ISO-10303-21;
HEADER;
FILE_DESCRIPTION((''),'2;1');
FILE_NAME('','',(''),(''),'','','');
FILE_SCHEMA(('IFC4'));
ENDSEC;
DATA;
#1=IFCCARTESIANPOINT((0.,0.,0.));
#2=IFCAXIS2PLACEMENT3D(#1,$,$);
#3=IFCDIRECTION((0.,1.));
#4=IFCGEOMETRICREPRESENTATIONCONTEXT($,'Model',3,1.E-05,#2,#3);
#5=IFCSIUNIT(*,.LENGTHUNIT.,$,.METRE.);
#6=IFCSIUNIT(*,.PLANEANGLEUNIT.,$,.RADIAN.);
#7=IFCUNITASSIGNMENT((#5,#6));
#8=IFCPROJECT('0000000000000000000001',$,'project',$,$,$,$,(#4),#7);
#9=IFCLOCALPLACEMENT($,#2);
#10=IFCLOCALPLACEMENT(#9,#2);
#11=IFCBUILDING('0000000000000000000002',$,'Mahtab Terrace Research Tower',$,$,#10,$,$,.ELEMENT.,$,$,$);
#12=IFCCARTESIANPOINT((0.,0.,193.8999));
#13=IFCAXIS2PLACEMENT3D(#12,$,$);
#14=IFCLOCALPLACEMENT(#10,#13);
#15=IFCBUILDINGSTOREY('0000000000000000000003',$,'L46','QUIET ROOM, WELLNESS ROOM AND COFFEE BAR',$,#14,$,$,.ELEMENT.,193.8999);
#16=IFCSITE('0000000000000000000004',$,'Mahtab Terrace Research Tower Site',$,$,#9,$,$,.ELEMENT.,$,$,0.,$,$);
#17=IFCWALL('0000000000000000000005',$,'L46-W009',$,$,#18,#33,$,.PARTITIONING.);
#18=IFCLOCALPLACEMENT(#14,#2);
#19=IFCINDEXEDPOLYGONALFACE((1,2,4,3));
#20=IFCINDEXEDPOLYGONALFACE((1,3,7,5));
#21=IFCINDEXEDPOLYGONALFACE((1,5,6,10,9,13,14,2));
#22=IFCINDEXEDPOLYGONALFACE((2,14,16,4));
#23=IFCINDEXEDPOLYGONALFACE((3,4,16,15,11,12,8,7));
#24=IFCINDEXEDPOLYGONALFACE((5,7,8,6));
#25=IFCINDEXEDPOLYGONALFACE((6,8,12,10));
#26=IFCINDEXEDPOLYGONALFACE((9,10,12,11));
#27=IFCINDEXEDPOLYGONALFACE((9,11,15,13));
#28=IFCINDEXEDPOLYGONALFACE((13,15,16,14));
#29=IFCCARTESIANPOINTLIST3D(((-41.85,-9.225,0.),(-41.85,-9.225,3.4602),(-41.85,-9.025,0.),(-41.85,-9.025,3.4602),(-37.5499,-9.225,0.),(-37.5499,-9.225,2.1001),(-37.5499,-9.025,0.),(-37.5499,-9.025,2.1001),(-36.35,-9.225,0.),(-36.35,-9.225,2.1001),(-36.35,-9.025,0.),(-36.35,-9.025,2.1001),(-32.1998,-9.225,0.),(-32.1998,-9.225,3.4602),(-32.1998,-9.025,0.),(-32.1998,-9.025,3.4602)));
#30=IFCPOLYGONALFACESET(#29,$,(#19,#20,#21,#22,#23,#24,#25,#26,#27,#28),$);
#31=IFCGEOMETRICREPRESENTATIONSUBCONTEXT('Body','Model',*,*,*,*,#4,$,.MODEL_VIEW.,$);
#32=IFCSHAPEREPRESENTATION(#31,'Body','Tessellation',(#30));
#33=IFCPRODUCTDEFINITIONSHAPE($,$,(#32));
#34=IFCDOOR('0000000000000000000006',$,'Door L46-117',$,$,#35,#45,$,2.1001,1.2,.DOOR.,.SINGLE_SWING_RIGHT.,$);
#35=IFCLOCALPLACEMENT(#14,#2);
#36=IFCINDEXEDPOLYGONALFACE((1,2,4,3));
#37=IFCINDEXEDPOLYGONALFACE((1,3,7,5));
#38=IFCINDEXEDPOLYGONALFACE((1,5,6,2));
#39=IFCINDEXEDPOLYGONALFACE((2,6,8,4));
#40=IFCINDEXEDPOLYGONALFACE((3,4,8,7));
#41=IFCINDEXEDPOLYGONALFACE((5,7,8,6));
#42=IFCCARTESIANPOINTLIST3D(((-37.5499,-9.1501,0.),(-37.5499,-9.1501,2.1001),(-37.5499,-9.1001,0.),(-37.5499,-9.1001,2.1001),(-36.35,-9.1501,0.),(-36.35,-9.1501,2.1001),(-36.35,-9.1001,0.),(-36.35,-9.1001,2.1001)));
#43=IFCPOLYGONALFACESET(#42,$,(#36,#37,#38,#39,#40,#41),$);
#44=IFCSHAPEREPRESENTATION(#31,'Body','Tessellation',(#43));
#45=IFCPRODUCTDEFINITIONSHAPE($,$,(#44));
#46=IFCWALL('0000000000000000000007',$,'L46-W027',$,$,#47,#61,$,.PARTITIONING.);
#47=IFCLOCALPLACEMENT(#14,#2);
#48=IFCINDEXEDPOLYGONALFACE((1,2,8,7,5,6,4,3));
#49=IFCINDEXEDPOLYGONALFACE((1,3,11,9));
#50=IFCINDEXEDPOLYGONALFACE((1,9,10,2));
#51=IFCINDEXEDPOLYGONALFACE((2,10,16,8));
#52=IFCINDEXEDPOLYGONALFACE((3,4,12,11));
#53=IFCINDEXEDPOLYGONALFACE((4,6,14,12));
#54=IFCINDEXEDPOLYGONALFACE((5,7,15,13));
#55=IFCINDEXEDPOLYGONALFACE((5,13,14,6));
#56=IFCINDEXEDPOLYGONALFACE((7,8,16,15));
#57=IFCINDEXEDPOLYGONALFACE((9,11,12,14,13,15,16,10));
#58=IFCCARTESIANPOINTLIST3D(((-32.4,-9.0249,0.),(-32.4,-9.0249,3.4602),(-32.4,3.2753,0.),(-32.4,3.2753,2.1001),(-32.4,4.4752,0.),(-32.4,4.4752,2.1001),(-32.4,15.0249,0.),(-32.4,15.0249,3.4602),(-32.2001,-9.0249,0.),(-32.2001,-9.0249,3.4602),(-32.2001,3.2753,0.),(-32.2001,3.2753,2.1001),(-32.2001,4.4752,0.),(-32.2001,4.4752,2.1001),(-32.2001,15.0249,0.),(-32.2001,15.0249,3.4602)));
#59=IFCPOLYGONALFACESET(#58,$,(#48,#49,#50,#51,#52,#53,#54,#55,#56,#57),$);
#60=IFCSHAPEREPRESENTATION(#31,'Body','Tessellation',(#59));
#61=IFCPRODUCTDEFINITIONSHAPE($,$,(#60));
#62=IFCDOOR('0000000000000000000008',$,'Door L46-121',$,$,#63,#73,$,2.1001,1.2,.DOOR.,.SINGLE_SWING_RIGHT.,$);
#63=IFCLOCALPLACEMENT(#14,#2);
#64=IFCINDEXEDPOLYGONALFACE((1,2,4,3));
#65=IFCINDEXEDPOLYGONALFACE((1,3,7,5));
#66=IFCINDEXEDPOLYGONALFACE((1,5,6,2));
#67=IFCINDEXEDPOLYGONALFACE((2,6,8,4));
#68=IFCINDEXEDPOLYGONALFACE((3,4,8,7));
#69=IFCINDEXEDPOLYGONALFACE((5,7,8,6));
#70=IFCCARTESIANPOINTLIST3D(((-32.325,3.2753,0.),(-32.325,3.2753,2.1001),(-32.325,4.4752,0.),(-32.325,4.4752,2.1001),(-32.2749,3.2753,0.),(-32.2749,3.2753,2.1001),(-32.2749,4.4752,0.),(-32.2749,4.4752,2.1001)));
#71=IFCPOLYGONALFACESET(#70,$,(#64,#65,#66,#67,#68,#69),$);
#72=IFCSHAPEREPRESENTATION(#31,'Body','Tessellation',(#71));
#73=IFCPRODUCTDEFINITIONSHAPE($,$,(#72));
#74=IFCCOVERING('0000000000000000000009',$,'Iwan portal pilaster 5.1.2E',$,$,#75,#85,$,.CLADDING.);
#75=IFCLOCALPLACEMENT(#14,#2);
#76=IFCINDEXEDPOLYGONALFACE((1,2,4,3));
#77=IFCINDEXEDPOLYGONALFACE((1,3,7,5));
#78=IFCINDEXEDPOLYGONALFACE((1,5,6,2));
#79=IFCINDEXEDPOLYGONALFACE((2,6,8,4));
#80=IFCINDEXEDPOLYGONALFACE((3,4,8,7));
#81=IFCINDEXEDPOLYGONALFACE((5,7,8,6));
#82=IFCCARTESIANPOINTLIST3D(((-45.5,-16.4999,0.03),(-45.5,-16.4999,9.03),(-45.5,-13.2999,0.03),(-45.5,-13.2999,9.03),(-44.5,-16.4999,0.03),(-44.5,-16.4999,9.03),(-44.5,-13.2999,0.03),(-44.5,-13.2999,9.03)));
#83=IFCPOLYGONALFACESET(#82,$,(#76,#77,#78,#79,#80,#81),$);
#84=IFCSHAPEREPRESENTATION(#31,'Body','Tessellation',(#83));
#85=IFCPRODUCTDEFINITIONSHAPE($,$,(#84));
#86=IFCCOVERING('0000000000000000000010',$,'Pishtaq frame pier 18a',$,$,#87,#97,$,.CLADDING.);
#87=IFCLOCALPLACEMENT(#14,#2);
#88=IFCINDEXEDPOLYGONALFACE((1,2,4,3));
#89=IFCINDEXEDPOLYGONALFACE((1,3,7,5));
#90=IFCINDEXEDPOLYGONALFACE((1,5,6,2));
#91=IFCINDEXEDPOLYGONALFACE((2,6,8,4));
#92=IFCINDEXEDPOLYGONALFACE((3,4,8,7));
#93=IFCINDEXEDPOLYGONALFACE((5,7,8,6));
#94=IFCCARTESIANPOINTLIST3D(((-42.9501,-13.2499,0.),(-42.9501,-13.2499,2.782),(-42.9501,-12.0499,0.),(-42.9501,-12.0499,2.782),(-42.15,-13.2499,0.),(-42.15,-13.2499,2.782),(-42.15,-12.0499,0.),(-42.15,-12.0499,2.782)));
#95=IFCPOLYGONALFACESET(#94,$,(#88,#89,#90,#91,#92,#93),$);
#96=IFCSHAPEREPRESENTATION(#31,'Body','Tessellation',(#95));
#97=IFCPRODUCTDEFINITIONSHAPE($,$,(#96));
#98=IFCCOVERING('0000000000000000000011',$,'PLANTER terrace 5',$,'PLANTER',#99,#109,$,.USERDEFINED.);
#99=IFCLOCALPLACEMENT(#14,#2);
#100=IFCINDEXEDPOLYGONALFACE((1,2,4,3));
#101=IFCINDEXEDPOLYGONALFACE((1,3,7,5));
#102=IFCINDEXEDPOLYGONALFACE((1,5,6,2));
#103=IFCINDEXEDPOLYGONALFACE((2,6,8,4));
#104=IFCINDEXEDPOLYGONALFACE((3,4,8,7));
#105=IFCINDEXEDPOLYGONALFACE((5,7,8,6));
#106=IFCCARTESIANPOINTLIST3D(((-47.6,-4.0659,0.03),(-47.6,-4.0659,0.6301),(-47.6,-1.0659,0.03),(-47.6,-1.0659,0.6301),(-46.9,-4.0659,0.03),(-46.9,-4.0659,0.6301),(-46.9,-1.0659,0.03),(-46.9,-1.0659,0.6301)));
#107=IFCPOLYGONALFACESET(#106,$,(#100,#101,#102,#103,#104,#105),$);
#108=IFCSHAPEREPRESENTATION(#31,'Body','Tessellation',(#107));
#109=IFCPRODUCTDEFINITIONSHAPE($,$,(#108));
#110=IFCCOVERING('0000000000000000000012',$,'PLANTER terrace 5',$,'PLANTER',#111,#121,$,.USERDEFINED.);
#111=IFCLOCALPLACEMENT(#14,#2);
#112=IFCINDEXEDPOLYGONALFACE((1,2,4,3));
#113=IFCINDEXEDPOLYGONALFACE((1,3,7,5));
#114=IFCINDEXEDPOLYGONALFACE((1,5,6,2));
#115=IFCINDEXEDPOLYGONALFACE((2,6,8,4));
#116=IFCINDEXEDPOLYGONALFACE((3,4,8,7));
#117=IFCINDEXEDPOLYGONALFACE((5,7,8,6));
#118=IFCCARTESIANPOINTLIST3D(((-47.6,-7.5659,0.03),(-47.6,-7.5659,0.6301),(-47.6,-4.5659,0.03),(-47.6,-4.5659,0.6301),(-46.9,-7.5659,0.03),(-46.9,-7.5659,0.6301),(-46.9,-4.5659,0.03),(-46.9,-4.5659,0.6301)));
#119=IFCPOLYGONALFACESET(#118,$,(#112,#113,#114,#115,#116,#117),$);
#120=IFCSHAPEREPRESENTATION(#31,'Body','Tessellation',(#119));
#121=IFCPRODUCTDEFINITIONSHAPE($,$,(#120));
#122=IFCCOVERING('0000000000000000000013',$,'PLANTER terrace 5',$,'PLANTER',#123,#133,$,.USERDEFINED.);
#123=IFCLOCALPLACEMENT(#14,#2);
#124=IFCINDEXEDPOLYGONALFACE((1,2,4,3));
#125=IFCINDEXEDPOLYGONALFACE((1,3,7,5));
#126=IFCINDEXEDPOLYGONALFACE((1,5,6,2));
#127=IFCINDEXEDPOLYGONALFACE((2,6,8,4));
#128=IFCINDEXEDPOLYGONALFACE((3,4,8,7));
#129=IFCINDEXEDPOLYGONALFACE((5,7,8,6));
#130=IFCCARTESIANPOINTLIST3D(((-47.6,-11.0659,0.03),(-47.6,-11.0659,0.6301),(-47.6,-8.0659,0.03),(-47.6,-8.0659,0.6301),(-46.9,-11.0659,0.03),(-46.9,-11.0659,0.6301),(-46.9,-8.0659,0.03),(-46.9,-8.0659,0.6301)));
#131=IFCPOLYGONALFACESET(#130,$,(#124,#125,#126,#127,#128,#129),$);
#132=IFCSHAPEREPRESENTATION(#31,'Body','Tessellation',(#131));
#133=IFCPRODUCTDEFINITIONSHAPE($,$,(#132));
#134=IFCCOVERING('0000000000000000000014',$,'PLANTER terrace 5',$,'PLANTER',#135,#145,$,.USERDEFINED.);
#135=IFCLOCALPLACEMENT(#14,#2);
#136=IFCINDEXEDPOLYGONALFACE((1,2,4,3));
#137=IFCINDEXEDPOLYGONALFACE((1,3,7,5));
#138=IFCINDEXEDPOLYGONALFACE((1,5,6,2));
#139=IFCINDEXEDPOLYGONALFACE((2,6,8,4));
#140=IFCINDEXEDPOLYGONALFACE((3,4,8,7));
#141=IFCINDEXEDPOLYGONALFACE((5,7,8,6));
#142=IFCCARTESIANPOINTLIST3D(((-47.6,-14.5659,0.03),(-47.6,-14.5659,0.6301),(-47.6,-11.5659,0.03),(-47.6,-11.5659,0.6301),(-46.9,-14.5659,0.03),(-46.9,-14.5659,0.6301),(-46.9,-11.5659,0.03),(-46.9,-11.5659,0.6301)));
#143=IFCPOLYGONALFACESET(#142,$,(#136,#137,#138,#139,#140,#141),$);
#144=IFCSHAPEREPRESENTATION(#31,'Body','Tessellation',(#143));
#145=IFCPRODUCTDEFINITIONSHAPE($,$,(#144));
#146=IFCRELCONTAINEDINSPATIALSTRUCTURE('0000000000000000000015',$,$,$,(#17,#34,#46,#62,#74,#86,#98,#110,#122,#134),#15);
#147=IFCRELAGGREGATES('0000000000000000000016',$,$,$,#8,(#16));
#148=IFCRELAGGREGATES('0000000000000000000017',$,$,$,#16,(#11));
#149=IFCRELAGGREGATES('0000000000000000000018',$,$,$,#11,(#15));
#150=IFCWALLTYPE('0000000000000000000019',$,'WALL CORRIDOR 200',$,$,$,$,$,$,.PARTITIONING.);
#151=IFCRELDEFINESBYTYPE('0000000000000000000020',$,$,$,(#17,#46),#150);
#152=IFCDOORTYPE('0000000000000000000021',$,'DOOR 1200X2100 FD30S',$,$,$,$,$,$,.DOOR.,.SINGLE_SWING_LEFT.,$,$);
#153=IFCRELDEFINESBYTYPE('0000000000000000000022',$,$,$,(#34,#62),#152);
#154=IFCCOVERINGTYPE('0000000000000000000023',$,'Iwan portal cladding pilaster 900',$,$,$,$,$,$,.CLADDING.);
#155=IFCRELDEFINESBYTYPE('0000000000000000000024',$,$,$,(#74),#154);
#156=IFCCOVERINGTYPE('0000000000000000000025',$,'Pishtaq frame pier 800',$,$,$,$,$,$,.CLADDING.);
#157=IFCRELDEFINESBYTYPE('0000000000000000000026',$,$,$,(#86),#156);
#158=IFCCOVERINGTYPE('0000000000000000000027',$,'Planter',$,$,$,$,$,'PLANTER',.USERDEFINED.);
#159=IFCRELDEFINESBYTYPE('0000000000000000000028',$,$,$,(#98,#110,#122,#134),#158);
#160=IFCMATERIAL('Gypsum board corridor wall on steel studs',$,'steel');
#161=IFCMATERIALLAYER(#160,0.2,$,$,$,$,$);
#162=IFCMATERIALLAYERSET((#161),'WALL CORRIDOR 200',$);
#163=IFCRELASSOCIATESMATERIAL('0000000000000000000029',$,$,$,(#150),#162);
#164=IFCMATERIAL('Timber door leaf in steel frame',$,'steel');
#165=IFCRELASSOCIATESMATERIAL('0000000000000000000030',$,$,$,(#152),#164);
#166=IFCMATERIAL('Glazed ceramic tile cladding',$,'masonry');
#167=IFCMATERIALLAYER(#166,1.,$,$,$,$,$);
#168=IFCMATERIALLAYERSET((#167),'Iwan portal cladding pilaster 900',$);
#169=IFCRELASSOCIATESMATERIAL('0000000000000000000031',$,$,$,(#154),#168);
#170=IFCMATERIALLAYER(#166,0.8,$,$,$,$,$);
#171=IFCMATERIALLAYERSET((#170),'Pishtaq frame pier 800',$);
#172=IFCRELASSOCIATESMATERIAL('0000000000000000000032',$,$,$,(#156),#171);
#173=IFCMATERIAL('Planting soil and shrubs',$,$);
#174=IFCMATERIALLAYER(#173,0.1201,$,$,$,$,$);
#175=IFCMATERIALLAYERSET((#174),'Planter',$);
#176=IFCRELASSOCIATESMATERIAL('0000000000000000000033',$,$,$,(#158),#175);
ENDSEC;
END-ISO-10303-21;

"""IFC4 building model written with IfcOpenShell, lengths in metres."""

from ifc_helpers import new_model, si_unit, direction, frame, frame_2d, origin, origin_2d, place, context, subcontext, project, spatial, rectangle, extrude, material, layer, layer_set, type_object, element, fill, save


model = new_model("IFC4")

# Units and contexts
model_context = context("Model", 3, precision=1e-05, world=origin(), true_north=direction((0.0, 1.0)))
body_context = subcontext(model_context, "Body", "Model", "MODEL_VIEW")
ifc_project = project(units=[si_unit("LENGTHUNIT", "METRE"), si_unit("PLANEANGLEUNIT", "RADIAN")], contexts=[model_context])

# Site, building, storey
site_placement = place(None, origin())
site = spatial("IfcSite", under=ifc_project, at=site_placement, Name="Mahtab Terrace Research Tower Site", CompositionType="ELEMENT", RefElevation=0.0)
building_placement = place(site_placement, origin())
building = spatial("IfcBuilding", under=site, at=building_placement, Name="Mahtab Terrace Research Tower", CompositionType="ELEMENT")
storey_placement = place(building_placement, frame((0.0, 0.0, 193.8999)))
storey = spatial("IfcBuildingStorey", under=building, at=storey_placement, Name="L46", Description="QUIET ROOM, WELLNESS ROOM AND COFFEE BAR", CompositionType="ELEMENT", Elevation=193.8999)

# Shared definitions
ifc_material_1 = material(Name="Gypsum board corridor wall on steel studs", Category="steel")
ifc_layer_1 = layer(ifc_material_1, 0.2)
ifc_layer_set_1 = layer_set([ifc_layer_1], Name="WALL CORRIDOR 200")
wall_type_1 = type_object("IfcWallType", Name="WALL CORRIDOR 200", PredefinedType="PARTITIONING", material=ifc_layer_set_1)
ifc_material_2 = material(Name="Timber door leaf in steel frame", Category="steel")
door_type_1 = type_object("IfcDoorType", Name="DOOR 1200X2100 FD30S", OperationType="SINGLE_SWING_LEFT", PredefinedType="DOOR", material=ifc_material_2)

# Walls, openings, doors
wall_1_placement = place(storey_placement, frame((-41.8501, -9.125, 0.0), z_axis=(0.0, 0.0, 1.0), x_axis=(1.0, 0.0, 0.0)))
wall_1 = element("IfcWall", 1, at=wall_1_placement, inside=storey, type_object=wall_type_1, Name="L46-W009", PredefinedType="PARTITIONING", context=body_context, shape_type="SweptSolid", body=[
    extrude(rectangle(XDim=9.6501, YDim=0.2, at=frame_2d((4.8252, 0.0))), origin(), (0.0, 0.0, 1.0), 3.4602),
])
opening_1_placement = place(wall_1_placement, frame((4.3, 0.0, 0.0)))
opening_1 = element("IfcOpeningElement", 2, at=opening_1_placement, cuts=wall_1, PredefinedType="OPENING", context=body_context, shape_type="SweptSolid", body=[
    extrude(rectangle(XDim=1.2, YDim=2.1001, at=frame_2d((0.6001, 1.05))), frame((0.0, 0.1099, 0.0), z_axis=(0.0, -1.0, 0.0), x_axis=(1.0, 0.0, 0.0)), (0.0, 0.0, 1.0), 0.22),
])
door_1_placement = place(opening_1_placement, origin())
door_1 = element("IfcDoor", 3, at=door_1_placement, inside=storey, type_object=door_type_1, Name="Door L46-117", OperationType="SINGLE_SWING_RIGHT", OverallHeight=2.1001, OverallWidth=1.2, PredefinedType="DOOR", context=body_context, shape_type="SweptSolid", body=[
    extrude(rectangle(XDim=1.2, YDim=2.1001, at=frame_2d((0.6001, 1.05))), frame((0.0, 0.0249, 0.0), z_axis=(0.0, -1.0, 0.0), x_axis=(1.0, 0.0, 0.0)), (0.0, 0.0, 1.0), 0.05),
])
fill(opening_1, door_1)
wall_2_placement = place(storey_placement, frame((-32.3, -9.0249, 0.0), z_axis=(0.0, 0.0, 1.0), x_axis=(0.0, 1.0, 0.0)))
wall_2 = element("IfcWall", 4, at=wall_2_placement, inside=storey, type_object=wall_type_1, Name="L46-W027", PredefinedType="PARTITIONING", context=body_context, shape_type="SweptSolid", body=[
    extrude(rectangle(XDim=24.0498, YDim=0.2, at=frame_2d((12.0249, 0.0))), origin(), (0.0, 0.0, 1.0), 3.4602),
])
opening_2_placement = place(wall_2_placement, frame((12.3, 0.0, 0.0)))
opening_2 = element("IfcOpeningElement", 5, at=opening_2_placement, cuts=wall_2, PredefinedType="OPENING", context=body_context, shape_type="SweptSolid", body=[
    extrude(rectangle(XDim=1.2, YDim=2.1001, at=frame_2d((0.6001, 1.05))), frame((0.0, 0.1099, 0.0), z_axis=(0.0, -1.0, 0.0), x_axis=(1.0, 0.0, 0.0)), (0.0, 0.0, 1.0), 0.22),
])
door_2_placement = place(opening_2_placement, origin())
door_2 = element("IfcDoor", 6, at=door_2_placement, inside=storey, type_object=door_type_1, Name="Door L46-121", OperationType="SINGLE_SWING_RIGHT", OverallHeight=2.1001, OverallWidth=1.2, PredefinedType="DOOR", context=body_context, shape_type="SweptSolid", body=[
    extrude(rectangle(XDim=1.2, YDim=2.1001, at=frame_2d((0.6001, 1.05))), frame((0.0, 0.0249, 0.0), z_axis=(0.0, -1.0, 0.0), x_axis=(1.0, 0.0, 0.0)), (0.0, 0.0, 1.0), 0.05),
])
fill(opening_2, door_2)

# Coverings
ifc_material_3 = material(Name="Glazed ceramic tile cladding", Category="masonry")
ifc_layer_2 = layer(ifc_material_3, 1.0)
ifc_layer_set_2 = layer_set([ifc_layer_2], Name="Iwan portal cladding pilaster 900")
covering_type_1 = type_object("IfcCoveringType", Name="Iwan portal cladding pilaster 900", PredefinedType="CLADDING", material=ifc_layer_set_2)
covering_1_placement = place(storey_placement, frame((-45.0, -14.8999, 0.03), z_axis=(0.0, 0.0, 1.0), x_axis=(0.0, -1.0, 0.0)))
element("IfcCovering", 7, at=covering_1_placement, inside=storey, type_object=covering_type_1, Name="Iwan portal pilaster 5.1.2E", PredefinedType="CLADDING", context=body_context, shape_type="SweptSolid", body=[
    extrude(rectangle(XDim=3.2, YDim=1.0, at=origin_2d()), origin(), (0.0, 0.0, 1.0), 9.0),
])
ifc_layer_3 = layer(ifc_material_3, 0.8)
ifc_layer_set_3 = layer_set([ifc_layer_3], Name="Pishtaq frame pier 800")
covering_type_2 = type_object("IfcCoveringType", Name="Pishtaq frame pier 800", PredefinedType="CLADDING", material=ifc_layer_set_3)
covering_2_placement = place(storey_placement, frame((-42.55, -12.6499, 0.0), z_axis=(0.0, 0.0, 1.0), x_axis=(0.0, -1.0, 0.0)))
element("IfcCovering", 8, at=covering_2_placement, inside=storey, type_object=covering_type_2, Name="Pishtaq frame pier 18a", PredefinedType="CLADDING", context=body_context, shape_type="SweptSolid", body=[
    extrude(rectangle(XDim=1.2, YDim=0.8, at=origin_2d()), origin(), (0.0, 0.0, 1.0), 2.782),
])
ifc_material_4 = material(Name="Planting soil and shrubs")
ifc_layer_4 = layer(ifc_material_4, 0.1201)
ifc_layer_set_4 = layer_set([ifc_layer_4], Name="Planter")
covering_type_3 = type_object("IfcCoveringType", Name="Planter", ElementType="PLANTER", PredefinedType="USERDEFINED", material=ifc_layer_set_4)
for number, where, z_axis, x_axis, name in (
    (9, (-47.25, -2.5659, 0.03), (0.0, 0.0, 1.0), (0.0, -1.0, 0.0), "PLANTER terrace 5"),
    (10, (-47.25, -6.0659, 0.03), (0.0, 0.0, 1.0), (0.0, -1.0, 0.0), "PLANTER terrace 5"),
    (11, (-47.25, -9.5659, 0.03), (0.0, 0.0, 1.0), (0.0, -1.0, 0.0), "PLANTER terrace 5"),
    (12, (-47.25, -13.0659, 0.03), (0.0, 0.0, 1.0), (0.0, -1.0, 0.0), "PLANTER terrace 5"),
):
    element("IfcCovering", number, at=place(storey_placement, frame(where, z_axis=z_axis, x_axis=x_axis)), inside=storey, type_object=covering_type_3, Name=name, ObjectType="PLANTER", PredefinedType="USERDEFINED", context=body_context, shape_type="SweptSolid", body=[
        extrude(rectangle(XDim=3.0, YDim=0.7, at=origin_2d()), origin(), (0.0, 0.0, 1.0), 0.6001),
    ])

save(model, "model.ifc")
